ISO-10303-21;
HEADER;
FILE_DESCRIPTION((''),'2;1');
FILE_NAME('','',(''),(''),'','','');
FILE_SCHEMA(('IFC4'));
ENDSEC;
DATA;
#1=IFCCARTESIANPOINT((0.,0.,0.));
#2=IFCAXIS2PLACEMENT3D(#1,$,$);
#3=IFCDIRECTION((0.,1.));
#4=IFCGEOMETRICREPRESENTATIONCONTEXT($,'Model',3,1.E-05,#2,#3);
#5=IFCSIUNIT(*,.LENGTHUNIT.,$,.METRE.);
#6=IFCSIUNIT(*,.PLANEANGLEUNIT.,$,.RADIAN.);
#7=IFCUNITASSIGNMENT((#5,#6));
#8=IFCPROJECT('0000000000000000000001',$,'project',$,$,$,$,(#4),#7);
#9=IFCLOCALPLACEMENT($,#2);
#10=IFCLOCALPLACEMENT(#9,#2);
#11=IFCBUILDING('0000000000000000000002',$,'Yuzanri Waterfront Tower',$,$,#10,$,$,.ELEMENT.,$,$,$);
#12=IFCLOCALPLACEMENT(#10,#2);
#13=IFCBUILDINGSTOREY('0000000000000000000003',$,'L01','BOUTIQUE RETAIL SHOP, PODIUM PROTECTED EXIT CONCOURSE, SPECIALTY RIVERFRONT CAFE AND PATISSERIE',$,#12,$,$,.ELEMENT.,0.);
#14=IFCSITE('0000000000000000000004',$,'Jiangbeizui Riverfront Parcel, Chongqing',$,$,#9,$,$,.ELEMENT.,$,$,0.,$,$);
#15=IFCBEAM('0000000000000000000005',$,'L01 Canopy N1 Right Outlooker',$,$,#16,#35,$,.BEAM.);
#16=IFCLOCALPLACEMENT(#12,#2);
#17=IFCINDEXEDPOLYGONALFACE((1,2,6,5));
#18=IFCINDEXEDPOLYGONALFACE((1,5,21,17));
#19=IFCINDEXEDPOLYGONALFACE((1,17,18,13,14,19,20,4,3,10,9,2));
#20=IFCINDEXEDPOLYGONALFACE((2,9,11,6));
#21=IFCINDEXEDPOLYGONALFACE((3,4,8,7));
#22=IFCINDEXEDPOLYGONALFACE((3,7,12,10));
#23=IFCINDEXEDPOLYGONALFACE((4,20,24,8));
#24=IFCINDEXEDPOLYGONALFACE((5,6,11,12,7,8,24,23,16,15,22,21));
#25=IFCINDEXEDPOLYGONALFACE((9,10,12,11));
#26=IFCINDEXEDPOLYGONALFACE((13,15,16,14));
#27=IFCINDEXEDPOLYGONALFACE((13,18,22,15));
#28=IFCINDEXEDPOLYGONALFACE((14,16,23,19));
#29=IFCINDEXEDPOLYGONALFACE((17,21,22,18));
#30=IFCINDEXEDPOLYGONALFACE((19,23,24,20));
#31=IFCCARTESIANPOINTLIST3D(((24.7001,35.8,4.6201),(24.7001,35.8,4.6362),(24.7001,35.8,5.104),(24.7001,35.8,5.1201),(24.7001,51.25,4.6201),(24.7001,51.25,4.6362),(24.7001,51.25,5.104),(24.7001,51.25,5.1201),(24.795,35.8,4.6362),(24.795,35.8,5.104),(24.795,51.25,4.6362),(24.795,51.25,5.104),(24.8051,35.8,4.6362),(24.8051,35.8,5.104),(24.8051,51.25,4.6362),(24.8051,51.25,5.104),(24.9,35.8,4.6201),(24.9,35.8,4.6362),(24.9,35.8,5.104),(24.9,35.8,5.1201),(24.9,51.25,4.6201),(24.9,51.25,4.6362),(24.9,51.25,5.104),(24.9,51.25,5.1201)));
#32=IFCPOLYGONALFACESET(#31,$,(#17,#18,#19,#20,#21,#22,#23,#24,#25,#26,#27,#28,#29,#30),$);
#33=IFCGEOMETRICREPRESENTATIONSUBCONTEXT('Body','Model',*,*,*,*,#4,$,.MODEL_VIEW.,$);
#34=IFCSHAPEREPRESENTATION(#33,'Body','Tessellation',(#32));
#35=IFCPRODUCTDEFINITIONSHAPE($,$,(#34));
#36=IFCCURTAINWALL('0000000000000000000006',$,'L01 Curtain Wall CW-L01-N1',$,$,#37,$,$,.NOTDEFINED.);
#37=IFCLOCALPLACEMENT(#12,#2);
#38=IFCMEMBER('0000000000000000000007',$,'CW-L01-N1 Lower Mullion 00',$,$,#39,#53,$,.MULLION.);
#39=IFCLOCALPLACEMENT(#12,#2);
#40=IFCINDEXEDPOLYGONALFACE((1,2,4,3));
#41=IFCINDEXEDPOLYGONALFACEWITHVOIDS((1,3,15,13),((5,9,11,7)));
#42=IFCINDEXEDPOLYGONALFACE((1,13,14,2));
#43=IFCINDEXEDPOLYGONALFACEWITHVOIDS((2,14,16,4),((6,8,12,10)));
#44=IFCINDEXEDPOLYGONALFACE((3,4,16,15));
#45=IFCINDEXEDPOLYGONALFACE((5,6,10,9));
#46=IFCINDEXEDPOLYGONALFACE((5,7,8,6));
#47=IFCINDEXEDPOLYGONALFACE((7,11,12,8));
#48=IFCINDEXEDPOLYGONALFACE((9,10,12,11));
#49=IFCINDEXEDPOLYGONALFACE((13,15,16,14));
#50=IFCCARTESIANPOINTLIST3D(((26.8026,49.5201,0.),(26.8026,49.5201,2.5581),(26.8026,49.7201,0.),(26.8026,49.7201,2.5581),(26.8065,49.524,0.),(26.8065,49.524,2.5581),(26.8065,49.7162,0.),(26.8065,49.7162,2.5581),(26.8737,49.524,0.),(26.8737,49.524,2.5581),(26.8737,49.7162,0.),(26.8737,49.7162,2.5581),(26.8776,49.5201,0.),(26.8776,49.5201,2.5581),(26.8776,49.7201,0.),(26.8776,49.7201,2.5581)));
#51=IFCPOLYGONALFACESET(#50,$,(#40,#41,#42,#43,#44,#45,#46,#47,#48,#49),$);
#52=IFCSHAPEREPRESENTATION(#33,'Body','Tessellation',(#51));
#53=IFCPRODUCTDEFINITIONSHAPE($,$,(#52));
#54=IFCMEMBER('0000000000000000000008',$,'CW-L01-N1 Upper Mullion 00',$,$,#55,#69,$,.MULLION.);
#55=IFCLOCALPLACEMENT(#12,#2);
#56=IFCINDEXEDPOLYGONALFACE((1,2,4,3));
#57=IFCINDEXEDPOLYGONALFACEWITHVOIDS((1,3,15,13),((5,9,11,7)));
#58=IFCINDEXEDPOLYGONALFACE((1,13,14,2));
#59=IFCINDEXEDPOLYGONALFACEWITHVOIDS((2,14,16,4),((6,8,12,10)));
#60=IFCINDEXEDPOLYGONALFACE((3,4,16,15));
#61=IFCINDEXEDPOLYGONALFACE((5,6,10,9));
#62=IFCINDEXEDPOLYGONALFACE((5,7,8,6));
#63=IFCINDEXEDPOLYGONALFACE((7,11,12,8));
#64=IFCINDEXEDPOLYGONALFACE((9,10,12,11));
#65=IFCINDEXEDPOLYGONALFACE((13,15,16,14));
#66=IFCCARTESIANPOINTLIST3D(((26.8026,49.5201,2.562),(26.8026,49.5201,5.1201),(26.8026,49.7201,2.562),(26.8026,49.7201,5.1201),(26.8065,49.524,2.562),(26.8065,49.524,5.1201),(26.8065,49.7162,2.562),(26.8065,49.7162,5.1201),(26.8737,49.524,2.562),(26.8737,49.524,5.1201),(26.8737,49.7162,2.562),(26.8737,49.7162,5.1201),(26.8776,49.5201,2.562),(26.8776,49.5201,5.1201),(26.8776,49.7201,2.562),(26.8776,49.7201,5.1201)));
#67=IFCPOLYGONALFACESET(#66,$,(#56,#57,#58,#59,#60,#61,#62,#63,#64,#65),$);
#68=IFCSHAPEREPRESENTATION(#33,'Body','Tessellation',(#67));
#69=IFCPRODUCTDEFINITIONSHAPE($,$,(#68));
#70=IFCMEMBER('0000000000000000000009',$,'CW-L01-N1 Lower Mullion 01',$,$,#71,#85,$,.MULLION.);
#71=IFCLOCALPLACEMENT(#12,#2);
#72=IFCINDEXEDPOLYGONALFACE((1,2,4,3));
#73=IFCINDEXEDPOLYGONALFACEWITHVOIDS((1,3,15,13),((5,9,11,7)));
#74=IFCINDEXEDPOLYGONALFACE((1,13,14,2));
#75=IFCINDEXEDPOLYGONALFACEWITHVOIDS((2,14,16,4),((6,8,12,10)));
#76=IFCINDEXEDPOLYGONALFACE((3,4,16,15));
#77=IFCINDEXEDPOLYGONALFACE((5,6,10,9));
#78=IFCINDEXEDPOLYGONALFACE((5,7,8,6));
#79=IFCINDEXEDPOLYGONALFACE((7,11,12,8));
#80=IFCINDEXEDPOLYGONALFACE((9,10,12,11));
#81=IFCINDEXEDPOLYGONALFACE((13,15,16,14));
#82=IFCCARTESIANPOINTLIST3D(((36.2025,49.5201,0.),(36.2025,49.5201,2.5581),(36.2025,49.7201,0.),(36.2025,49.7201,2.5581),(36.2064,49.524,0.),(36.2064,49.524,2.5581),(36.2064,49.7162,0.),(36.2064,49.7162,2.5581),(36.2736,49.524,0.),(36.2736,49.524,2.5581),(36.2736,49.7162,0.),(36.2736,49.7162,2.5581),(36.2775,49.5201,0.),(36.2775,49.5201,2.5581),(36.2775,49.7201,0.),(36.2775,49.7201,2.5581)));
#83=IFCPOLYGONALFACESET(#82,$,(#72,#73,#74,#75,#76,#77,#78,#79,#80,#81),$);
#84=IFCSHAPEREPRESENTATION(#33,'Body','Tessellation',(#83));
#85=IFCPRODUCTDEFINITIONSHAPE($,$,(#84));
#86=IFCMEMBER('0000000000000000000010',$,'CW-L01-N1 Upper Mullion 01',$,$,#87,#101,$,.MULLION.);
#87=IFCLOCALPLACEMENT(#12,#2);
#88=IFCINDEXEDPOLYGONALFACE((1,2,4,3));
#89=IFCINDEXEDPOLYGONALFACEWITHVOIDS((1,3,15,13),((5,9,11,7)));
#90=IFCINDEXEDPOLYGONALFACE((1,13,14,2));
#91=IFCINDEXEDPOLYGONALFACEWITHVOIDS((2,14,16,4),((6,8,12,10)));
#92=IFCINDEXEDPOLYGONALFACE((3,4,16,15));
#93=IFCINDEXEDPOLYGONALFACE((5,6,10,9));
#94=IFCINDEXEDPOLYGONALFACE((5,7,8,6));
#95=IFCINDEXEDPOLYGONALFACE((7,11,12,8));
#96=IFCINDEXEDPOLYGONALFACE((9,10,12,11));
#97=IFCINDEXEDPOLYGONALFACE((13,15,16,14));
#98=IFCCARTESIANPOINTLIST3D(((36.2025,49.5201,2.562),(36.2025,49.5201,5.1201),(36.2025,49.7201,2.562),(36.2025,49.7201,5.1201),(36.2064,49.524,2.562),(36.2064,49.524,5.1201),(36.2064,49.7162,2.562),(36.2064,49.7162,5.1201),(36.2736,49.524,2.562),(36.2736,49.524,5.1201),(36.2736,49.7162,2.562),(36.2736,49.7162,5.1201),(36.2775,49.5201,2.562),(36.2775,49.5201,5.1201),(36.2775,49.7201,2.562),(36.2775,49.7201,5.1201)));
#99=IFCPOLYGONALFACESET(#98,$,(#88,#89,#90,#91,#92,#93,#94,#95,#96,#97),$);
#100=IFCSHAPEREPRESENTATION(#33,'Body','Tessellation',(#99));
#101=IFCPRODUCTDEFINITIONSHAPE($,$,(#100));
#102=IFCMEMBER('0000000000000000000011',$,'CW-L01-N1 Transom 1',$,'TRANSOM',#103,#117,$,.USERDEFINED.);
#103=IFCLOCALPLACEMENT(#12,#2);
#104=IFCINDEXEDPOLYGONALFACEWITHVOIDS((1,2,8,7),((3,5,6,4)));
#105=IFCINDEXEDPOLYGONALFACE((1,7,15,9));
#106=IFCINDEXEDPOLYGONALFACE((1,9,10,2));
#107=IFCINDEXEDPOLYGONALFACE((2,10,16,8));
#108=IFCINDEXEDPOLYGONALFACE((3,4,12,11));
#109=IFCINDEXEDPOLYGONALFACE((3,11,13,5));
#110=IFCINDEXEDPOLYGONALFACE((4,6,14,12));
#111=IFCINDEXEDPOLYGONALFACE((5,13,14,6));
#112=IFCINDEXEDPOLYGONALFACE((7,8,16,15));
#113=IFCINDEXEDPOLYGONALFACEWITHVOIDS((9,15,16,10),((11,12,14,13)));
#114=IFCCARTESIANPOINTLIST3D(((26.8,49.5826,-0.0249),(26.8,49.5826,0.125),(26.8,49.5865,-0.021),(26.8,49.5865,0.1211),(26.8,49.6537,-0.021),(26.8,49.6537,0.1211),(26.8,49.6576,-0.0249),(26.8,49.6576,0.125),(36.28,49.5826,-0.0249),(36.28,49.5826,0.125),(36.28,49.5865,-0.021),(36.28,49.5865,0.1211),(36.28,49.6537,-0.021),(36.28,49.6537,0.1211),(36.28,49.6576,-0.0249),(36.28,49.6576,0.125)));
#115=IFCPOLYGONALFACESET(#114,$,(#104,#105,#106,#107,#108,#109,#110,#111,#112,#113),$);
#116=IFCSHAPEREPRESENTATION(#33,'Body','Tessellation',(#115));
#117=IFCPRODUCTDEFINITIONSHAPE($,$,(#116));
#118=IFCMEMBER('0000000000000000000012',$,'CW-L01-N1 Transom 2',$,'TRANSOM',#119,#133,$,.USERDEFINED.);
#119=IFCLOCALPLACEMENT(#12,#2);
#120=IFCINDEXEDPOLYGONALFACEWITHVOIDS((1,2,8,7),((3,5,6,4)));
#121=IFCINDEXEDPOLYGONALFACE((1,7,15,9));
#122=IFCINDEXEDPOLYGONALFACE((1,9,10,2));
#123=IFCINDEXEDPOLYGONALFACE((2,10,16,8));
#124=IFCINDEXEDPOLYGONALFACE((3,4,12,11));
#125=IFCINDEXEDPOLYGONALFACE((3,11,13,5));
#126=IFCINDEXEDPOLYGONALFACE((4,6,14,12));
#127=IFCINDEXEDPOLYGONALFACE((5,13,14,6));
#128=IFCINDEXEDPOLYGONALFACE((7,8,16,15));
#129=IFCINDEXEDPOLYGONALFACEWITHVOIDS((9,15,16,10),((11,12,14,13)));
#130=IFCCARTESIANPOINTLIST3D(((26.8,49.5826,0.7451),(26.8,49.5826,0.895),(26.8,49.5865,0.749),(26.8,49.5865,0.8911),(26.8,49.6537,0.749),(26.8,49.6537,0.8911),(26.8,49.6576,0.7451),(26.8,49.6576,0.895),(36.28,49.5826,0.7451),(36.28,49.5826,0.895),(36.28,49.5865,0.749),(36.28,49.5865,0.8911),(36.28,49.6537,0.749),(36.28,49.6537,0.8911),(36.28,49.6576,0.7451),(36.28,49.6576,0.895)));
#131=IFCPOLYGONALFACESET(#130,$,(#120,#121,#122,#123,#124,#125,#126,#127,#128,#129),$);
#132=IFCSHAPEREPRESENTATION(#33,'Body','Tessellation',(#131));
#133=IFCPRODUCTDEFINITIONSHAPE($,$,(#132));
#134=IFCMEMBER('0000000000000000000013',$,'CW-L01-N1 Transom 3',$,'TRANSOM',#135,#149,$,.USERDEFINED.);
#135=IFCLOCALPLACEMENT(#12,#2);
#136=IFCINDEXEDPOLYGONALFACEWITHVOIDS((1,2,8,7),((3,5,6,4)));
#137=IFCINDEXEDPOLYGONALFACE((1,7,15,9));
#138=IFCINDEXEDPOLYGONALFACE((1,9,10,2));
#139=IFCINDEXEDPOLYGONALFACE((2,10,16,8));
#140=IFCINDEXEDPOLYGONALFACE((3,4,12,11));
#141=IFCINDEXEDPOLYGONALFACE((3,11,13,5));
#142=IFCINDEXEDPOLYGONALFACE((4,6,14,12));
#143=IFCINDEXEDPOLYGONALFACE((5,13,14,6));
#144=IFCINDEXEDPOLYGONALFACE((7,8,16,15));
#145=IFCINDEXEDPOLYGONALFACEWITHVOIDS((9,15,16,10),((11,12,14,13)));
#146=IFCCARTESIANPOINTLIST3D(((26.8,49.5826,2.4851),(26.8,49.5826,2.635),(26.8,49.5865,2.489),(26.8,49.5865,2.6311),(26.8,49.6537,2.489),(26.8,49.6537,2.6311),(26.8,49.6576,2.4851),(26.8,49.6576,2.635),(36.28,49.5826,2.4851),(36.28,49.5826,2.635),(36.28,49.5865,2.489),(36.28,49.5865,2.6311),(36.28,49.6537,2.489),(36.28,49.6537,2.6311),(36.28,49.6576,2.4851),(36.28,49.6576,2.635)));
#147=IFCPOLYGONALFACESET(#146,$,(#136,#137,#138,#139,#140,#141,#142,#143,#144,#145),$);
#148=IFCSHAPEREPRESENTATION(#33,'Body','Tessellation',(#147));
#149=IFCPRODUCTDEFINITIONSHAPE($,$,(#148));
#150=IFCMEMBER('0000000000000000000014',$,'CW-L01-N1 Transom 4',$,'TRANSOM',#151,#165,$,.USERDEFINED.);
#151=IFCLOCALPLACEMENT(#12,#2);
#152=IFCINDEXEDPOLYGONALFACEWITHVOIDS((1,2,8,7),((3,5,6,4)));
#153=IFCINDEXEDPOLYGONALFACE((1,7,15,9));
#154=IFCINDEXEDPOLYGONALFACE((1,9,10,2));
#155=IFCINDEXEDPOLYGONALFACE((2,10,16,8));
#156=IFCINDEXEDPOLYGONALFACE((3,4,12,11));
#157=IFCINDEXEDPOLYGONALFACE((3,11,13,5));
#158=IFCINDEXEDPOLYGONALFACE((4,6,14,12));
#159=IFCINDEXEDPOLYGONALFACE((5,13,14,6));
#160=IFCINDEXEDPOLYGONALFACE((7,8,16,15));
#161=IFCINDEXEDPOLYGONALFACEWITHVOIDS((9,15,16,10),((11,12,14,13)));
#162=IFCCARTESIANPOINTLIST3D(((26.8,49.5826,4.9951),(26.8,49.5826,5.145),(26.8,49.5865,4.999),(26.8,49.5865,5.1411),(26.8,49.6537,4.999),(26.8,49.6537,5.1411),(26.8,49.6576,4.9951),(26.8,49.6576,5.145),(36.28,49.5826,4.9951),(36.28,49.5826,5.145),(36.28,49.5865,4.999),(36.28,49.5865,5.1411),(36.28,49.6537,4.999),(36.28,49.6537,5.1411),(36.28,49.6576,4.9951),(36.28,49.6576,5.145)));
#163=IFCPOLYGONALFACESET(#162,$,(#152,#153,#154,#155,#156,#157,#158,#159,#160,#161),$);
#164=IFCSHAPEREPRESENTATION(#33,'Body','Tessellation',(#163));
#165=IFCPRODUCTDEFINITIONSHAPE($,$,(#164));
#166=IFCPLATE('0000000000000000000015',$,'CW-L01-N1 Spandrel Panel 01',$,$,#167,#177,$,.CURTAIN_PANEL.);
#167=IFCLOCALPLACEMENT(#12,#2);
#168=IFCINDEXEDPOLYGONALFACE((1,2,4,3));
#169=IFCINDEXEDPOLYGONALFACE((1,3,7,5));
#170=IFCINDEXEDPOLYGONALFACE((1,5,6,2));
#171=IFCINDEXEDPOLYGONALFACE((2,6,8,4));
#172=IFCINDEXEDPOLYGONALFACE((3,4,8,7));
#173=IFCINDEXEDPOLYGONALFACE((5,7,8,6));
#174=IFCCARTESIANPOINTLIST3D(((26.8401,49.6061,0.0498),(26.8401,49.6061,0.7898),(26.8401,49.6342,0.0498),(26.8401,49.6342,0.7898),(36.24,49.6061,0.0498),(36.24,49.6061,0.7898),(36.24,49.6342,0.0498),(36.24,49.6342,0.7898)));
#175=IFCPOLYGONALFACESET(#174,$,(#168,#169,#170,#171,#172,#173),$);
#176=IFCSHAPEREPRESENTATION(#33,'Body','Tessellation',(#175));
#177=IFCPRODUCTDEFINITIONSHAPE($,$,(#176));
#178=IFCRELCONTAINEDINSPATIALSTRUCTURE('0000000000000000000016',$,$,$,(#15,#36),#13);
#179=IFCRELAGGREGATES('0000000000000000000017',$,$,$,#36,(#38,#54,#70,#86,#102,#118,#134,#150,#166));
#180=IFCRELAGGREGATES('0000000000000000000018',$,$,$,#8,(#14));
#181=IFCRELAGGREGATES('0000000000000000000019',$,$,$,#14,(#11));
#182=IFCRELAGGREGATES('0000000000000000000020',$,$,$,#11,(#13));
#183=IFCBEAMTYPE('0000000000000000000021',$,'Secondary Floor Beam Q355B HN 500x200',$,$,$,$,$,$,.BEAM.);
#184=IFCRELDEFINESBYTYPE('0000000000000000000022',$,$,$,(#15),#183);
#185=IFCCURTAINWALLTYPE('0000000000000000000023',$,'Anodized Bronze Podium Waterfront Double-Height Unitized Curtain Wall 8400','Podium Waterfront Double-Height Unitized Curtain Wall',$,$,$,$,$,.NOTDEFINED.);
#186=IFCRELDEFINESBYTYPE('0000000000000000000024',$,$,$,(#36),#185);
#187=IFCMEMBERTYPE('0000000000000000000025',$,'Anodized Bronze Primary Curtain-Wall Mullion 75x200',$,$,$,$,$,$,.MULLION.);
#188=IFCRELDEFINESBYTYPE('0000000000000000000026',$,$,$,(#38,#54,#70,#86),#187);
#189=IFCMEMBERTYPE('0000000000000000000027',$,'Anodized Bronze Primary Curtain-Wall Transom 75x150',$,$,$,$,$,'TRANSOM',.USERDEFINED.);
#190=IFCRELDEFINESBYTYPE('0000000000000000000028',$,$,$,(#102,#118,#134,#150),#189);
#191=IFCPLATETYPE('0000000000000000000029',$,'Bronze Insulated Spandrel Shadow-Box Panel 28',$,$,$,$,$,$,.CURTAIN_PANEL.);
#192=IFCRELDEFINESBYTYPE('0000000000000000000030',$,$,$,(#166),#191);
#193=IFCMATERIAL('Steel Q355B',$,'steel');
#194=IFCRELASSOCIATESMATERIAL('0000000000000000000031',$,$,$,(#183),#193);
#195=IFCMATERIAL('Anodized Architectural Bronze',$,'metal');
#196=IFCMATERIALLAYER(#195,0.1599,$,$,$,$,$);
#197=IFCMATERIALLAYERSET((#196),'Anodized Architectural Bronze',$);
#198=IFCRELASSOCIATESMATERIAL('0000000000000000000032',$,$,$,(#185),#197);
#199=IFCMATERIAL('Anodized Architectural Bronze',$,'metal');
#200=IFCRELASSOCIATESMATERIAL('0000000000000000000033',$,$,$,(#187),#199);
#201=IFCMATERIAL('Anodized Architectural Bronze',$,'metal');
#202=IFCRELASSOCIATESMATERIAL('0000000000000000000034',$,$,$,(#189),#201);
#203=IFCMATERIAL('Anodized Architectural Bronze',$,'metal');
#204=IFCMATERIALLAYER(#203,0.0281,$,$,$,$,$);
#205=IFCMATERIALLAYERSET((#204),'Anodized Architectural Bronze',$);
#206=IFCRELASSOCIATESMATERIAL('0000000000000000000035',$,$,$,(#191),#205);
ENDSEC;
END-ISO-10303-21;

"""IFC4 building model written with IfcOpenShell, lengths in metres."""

from ifc_helpers import new_model, si_unit, direction, frame, origin, origin_2d, place, context, subcontext, project, spatial, rectangle, hollow_rectangle, i_section, extrude, source, transform, mapped, material, layer, layer_set, material_profile, profile_set, type_object, element, aggregate, save


model = new_model("IFC4")

# Units and contexts
model_context = context("Model", 3, precision=1e-05, world=origin(), true_north=direction((0.0, 1.0)))
body_context = subcontext(model_context, "Body", "Model", "MODEL_VIEW")
ifc_project = project(units=[si_unit("LENGTHUNIT", "METRE"), si_unit("PLANEANGLEUNIT", "RADIAN")], contexts=[model_context])

# Site, building, storey
site_placement = place(None, origin())
site = spatial("IfcSite", under=ifc_project, at=site_placement, Name="Jiangbeizui Riverfront Parcel, Chongqing", CompositionType="ELEMENT", RefElevation=0.0)
building_placement = place(site_placement, origin())
building = spatial("IfcBuilding", under=site, at=building_placement, Name="Yuzanri Waterfront Tower", CompositionType="ELEMENT")
storey_placement = place(building_placement, origin())
storey = spatial("IfcBuildingStorey", under=building, at=storey_placement, Name="L01", Description="BOUTIQUE RETAIL SHOP, PODIUM PROTECTED EXIT CONCOURSE, SPECIALTY RIVERFRONT CAFE AND PATISSERIE", CompositionType="ELEMENT", Elevation=0.0)

# Beam
ifc_material_1 = material(Name="Steel Q355B", Category="steel")
ifc_material_profile_1 = material_profile(ifc_material_1, i_section(OverallWidth=0.2, OverallDepth=0.5, WebThickness=0.01, FlangeThickness=0.0161, at=origin_2d()), Name="HN 500x200x10x16")
ifc_profile_set_1 = profile_set([ifc_material_profile_1], Name="Steel Q355B")
beam_type = type_object("IfcBeamType", Name="Secondary Floor Beam Q355B HN 500x200", PredefinedType="BEAM", material=ifc_profile_set_1)
shared_shape_1 = source(origin(), body_context, "Body", "SweptSolid", [
    extrude(i_section(OverallWidth=0.2, OverallDepth=0.5, WebThickness=0.01, FlangeThickness=0.0161, at=origin_2d()), origin(), (0.0, 0.0, 1.0), 15.45),
])
beam_placement = place(storey_placement, frame((24.8, 35.8, 4.8701), z_axis=(0.0, 1.0, 0.0), x_axis=(-1.0, 0.0, 0.0)))
element("IfcBeam", 1, at=beam_placement, inside=storey, type_object=beam_type, Name="L01 Canopy N1 Right Outlooker", PredefinedType="BEAM", context=body_context, shape_type="MappedRepresentation", body=[
    mapped(shared_shape_1, transform((0.0, 0.0, 0.0), scale=1.0)),
])

# Curtain wall, members, plate
ifc_material_2 = material(Name="Anodized Architectural Bronze", Category="metal")
ifc_layer_1 = layer(ifc_material_2, 0.1599)
ifc_layer_set_1 = layer_set([ifc_layer_1], Name="Anodized Architectural Bronze")
curtain_wall_type = type_object("IfcCurtainWallType", Name="Anodized Bronze Podium Waterfront Double-Height Unitized Curtain Wall 8400", Description="Podium Waterfront Double-Height Unitized Curtain Wall", PredefinedType="NOTDEFINED", material=ifc_layer_set_1)
curtain_wall_placement = place(storey_placement, origin())
curtain_wall = element("IfcCurtainWall", 2, at=curtain_wall_placement, inside=storey, type_object=curtain_wall_type, Name="L01 Curtain Wall CW-L01-N1", PredefinedType="NOTDEFINED")
ifc_material_3 = material(Name="Anodized Architectural Bronze", Category="metal")
ifc_material_profile_2 = material_profile(ifc_material_3, hollow_rectangle(XDim=0.075, YDim=0.2, WallThickness=0.0039, at=origin_2d()), Name="CWM 75x200")
ifc_profile_set_2 = profile_set([ifc_material_profile_2], Name="Anodized Architectural Bronze")
member_type_1 = type_object("IfcMemberType", Name="Anodized Bronze Primary Curtain-Wall Mullion 75x200", PredefinedType="MULLION", material=ifc_profile_set_2)
shared_shape_2 = source(origin(), body_context, "Body", "SweptSolid", [
    extrude(hollow_rectangle(XDim=0.075, YDim=0.2, WallThickness=0.0039, at=origin_2d()), origin(), (0.0, 0.0, 1.0), 2.5581),
])
member_1_placement = place(storey_placement, frame((26.8401, 49.6201, 0.0), z_axis=(0.0, 0.0, 1.0), x_axis=(1.0, 0.0, 0.0)))
member_1 = element("IfcMember", 3, at=member_1_placement, type_object=member_type_1, Name="CW-L01-N1 Lower Mullion 00", PredefinedType="MULLION", context=body_context, shape_type="MappedRepresentation", body=[
    mapped(shared_shape_2, transform((0.0, 0.0, 0.0), scale=1.0)),
])
member_2_placement = place(storey_placement, frame((26.8401, 49.6201, 2.562), z_axis=(0.0, 0.0, 1.0), x_axis=(1.0, 0.0, 0.0)))
member_2 = element("IfcMember", 4, at=member_2_placement, type_object=member_type_1, Name="CW-L01-N1 Upper Mullion 00", PredefinedType="MULLION", context=body_context, shape_type="MappedRepresentation", body=[
    mapped(shared_shape_2, transform((0.0, 0.0, 0.0), scale=1.0)),
])
member_3_placement = place(storey_placement, frame((36.24, 49.6201, 0.0), z_axis=(0.0, 0.0, 1.0), x_axis=(1.0, 0.0, 0.0)))
member_3 = element("IfcMember", 5, at=member_3_placement, type_object=member_type_1, Name="CW-L01-N1 Lower Mullion 01", PredefinedType="MULLION", context=body_context, shape_type="MappedRepresentation", body=[
    mapped(shared_shape_2, transform((0.0, 0.0, 0.0), scale=1.0)),
])
member_4_placement = place(storey_placement, frame((36.24, 49.6201, 2.562), z_axis=(0.0, 0.0, 1.0), x_axis=(1.0, 0.0, 0.0)))
member_4 = element("IfcMember", 6, at=member_4_placement, type_object=member_type_1, Name="CW-L01-N1 Upper Mullion 01", PredefinedType="MULLION", context=body_context, shape_type="MappedRepresentation", body=[
    mapped(shared_shape_2, transform((0.0, 0.0, 0.0), scale=1.0)),
])
ifc_material_4 = material(Name="Anodized Architectural Bronze", Category="metal")
ifc_material_profile_3 = material_profile(ifc_material_4, hollow_rectangle(XDim=0.075, YDim=0.1499, WallThickness=0.0039, at=origin_2d()), Name="CWT 75x150")
ifc_profile_set_3 = profile_set([ifc_material_profile_3], Name="Anodized Architectural Bronze")
member_type_2 = type_object("IfcMemberType", Name="Anodized Bronze Primary Curtain-Wall Transom 75x150", ElementType="TRANSOM", PredefinedType="USERDEFINED", material=ifc_profile_set_3)
shared_shape_3 = source(origin(), body_context, "Body", "SweptSolid", [
    extrude(hollow_rectangle(XDim=0.075, YDim=0.1499, WallThickness=0.0039, at=origin_2d()), origin(), (0.0, 0.0, 1.0), 9.48),
])
member_5_placement = place(storey_placement, frame((26.8, 49.6201, 0.05), z_axis=(1.0, 0.0, 0.0), x_axis=(0.0, 1.0, 0.0)))
member_5 = element("IfcMember", 7, at=member_5_placement, type_object=member_type_2, Name="CW-L01-N1 Transom 1", ObjectType="TRANSOM", PredefinedType="USERDEFINED", context=body_context, shape_type="MappedRepresentation", body=[
    mapped(shared_shape_3, transform((0.0, 0.0, 0.0), scale=1.0)),
])
member_6_placement = place(storey_placement, frame((26.8, 49.6201, 0.8201), z_axis=(1.0, 0.0, 0.0), x_axis=(0.0, 1.0, 0.0)))
member_6 = element("IfcMember", 8, at=member_6_placement, type_object=member_type_2, Name="CW-L01-N1 Transom 2", ObjectType="TRANSOM", PredefinedType="USERDEFINED", context=body_context, shape_type="MappedRepresentation", body=[
    mapped(shared_shape_3, transform((0.0, 0.0, 0.0), scale=1.0)),
])
member_7_placement = place(storey_placement, frame((26.8, 49.6201, 2.5601), z_axis=(1.0, 0.0, 0.0), x_axis=(0.0, 1.0, 0.0)))
member_7 = element("IfcMember", 9, at=member_7_placement, type_object=member_type_2, Name="CW-L01-N1 Transom 3", ObjectType="TRANSOM", PredefinedType="USERDEFINED", context=body_context, shape_type="MappedRepresentation", body=[
    mapped(shared_shape_3, transform((0.0, 0.0, 0.0), scale=1.0)),
])
member_8_placement = place(storey_placement, frame((26.8, 49.6201, 5.0701), z_axis=(1.0, 0.0, 0.0), x_axis=(0.0, 1.0, 0.0)))
member_8 = element("IfcMember", 10, at=member_8_placement, type_object=member_type_2, Name="CW-L01-N1 Transom 4", ObjectType="TRANSOM", PredefinedType="USERDEFINED", context=body_context, shape_type="MappedRepresentation", body=[
    mapped(shared_shape_3, transform((0.0, 0.0, 0.0), scale=1.0)),
])
ifc_material_5 = material(Name="Anodized Architectural Bronze", Category="metal")
ifc_layer_2 = layer(ifc_material_5, 0.0281)
ifc_layer_set_2 = layer_set([ifc_layer_2], Name="Anodized Architectural Bronze")
plate_type_1 = type_object("IfcPlateType", Name="Bronze Insulated Spandrel Shadow-Box Panel 28", PredefinedType="CURTAIN_PANEL", material=ifc_layer_set_2)
shared_shape_4 = source(origin(), body_context, "Body", "SweptSolid", [
    extrude(rectangle(XDim=9.3999, YDim=0.0281, at=origin_2d()), origin(), (0.0, 0.0, 1.0), 0.74),
])
plate_1_placement = place(storey_placement, frame((31.54, 49.6201, 0.0498), z_axis=(0.0, 0.0, 1.0), x_axis=(1.0, 0.0, 0.0)))
plate_1 = element("IfcPlate", 11, at=plate_1_placement, type_object=plate_type_1, Name="CW-L01-N1 Spandrel Panel 01", PredefinedType="CURTAIN_PANEL", context=body_context, shape_type="MappedRepresentation", body=[
    mapped(shared_shape_4, transform((0.0, 0.0, 0.0), scale=1.0)),
])
aggregate(curtain_wall, [member_1, member_2, member_3, member_4, member_5, member_6, member_7, member_8, plate_1])

save(model, "model.ifc")
